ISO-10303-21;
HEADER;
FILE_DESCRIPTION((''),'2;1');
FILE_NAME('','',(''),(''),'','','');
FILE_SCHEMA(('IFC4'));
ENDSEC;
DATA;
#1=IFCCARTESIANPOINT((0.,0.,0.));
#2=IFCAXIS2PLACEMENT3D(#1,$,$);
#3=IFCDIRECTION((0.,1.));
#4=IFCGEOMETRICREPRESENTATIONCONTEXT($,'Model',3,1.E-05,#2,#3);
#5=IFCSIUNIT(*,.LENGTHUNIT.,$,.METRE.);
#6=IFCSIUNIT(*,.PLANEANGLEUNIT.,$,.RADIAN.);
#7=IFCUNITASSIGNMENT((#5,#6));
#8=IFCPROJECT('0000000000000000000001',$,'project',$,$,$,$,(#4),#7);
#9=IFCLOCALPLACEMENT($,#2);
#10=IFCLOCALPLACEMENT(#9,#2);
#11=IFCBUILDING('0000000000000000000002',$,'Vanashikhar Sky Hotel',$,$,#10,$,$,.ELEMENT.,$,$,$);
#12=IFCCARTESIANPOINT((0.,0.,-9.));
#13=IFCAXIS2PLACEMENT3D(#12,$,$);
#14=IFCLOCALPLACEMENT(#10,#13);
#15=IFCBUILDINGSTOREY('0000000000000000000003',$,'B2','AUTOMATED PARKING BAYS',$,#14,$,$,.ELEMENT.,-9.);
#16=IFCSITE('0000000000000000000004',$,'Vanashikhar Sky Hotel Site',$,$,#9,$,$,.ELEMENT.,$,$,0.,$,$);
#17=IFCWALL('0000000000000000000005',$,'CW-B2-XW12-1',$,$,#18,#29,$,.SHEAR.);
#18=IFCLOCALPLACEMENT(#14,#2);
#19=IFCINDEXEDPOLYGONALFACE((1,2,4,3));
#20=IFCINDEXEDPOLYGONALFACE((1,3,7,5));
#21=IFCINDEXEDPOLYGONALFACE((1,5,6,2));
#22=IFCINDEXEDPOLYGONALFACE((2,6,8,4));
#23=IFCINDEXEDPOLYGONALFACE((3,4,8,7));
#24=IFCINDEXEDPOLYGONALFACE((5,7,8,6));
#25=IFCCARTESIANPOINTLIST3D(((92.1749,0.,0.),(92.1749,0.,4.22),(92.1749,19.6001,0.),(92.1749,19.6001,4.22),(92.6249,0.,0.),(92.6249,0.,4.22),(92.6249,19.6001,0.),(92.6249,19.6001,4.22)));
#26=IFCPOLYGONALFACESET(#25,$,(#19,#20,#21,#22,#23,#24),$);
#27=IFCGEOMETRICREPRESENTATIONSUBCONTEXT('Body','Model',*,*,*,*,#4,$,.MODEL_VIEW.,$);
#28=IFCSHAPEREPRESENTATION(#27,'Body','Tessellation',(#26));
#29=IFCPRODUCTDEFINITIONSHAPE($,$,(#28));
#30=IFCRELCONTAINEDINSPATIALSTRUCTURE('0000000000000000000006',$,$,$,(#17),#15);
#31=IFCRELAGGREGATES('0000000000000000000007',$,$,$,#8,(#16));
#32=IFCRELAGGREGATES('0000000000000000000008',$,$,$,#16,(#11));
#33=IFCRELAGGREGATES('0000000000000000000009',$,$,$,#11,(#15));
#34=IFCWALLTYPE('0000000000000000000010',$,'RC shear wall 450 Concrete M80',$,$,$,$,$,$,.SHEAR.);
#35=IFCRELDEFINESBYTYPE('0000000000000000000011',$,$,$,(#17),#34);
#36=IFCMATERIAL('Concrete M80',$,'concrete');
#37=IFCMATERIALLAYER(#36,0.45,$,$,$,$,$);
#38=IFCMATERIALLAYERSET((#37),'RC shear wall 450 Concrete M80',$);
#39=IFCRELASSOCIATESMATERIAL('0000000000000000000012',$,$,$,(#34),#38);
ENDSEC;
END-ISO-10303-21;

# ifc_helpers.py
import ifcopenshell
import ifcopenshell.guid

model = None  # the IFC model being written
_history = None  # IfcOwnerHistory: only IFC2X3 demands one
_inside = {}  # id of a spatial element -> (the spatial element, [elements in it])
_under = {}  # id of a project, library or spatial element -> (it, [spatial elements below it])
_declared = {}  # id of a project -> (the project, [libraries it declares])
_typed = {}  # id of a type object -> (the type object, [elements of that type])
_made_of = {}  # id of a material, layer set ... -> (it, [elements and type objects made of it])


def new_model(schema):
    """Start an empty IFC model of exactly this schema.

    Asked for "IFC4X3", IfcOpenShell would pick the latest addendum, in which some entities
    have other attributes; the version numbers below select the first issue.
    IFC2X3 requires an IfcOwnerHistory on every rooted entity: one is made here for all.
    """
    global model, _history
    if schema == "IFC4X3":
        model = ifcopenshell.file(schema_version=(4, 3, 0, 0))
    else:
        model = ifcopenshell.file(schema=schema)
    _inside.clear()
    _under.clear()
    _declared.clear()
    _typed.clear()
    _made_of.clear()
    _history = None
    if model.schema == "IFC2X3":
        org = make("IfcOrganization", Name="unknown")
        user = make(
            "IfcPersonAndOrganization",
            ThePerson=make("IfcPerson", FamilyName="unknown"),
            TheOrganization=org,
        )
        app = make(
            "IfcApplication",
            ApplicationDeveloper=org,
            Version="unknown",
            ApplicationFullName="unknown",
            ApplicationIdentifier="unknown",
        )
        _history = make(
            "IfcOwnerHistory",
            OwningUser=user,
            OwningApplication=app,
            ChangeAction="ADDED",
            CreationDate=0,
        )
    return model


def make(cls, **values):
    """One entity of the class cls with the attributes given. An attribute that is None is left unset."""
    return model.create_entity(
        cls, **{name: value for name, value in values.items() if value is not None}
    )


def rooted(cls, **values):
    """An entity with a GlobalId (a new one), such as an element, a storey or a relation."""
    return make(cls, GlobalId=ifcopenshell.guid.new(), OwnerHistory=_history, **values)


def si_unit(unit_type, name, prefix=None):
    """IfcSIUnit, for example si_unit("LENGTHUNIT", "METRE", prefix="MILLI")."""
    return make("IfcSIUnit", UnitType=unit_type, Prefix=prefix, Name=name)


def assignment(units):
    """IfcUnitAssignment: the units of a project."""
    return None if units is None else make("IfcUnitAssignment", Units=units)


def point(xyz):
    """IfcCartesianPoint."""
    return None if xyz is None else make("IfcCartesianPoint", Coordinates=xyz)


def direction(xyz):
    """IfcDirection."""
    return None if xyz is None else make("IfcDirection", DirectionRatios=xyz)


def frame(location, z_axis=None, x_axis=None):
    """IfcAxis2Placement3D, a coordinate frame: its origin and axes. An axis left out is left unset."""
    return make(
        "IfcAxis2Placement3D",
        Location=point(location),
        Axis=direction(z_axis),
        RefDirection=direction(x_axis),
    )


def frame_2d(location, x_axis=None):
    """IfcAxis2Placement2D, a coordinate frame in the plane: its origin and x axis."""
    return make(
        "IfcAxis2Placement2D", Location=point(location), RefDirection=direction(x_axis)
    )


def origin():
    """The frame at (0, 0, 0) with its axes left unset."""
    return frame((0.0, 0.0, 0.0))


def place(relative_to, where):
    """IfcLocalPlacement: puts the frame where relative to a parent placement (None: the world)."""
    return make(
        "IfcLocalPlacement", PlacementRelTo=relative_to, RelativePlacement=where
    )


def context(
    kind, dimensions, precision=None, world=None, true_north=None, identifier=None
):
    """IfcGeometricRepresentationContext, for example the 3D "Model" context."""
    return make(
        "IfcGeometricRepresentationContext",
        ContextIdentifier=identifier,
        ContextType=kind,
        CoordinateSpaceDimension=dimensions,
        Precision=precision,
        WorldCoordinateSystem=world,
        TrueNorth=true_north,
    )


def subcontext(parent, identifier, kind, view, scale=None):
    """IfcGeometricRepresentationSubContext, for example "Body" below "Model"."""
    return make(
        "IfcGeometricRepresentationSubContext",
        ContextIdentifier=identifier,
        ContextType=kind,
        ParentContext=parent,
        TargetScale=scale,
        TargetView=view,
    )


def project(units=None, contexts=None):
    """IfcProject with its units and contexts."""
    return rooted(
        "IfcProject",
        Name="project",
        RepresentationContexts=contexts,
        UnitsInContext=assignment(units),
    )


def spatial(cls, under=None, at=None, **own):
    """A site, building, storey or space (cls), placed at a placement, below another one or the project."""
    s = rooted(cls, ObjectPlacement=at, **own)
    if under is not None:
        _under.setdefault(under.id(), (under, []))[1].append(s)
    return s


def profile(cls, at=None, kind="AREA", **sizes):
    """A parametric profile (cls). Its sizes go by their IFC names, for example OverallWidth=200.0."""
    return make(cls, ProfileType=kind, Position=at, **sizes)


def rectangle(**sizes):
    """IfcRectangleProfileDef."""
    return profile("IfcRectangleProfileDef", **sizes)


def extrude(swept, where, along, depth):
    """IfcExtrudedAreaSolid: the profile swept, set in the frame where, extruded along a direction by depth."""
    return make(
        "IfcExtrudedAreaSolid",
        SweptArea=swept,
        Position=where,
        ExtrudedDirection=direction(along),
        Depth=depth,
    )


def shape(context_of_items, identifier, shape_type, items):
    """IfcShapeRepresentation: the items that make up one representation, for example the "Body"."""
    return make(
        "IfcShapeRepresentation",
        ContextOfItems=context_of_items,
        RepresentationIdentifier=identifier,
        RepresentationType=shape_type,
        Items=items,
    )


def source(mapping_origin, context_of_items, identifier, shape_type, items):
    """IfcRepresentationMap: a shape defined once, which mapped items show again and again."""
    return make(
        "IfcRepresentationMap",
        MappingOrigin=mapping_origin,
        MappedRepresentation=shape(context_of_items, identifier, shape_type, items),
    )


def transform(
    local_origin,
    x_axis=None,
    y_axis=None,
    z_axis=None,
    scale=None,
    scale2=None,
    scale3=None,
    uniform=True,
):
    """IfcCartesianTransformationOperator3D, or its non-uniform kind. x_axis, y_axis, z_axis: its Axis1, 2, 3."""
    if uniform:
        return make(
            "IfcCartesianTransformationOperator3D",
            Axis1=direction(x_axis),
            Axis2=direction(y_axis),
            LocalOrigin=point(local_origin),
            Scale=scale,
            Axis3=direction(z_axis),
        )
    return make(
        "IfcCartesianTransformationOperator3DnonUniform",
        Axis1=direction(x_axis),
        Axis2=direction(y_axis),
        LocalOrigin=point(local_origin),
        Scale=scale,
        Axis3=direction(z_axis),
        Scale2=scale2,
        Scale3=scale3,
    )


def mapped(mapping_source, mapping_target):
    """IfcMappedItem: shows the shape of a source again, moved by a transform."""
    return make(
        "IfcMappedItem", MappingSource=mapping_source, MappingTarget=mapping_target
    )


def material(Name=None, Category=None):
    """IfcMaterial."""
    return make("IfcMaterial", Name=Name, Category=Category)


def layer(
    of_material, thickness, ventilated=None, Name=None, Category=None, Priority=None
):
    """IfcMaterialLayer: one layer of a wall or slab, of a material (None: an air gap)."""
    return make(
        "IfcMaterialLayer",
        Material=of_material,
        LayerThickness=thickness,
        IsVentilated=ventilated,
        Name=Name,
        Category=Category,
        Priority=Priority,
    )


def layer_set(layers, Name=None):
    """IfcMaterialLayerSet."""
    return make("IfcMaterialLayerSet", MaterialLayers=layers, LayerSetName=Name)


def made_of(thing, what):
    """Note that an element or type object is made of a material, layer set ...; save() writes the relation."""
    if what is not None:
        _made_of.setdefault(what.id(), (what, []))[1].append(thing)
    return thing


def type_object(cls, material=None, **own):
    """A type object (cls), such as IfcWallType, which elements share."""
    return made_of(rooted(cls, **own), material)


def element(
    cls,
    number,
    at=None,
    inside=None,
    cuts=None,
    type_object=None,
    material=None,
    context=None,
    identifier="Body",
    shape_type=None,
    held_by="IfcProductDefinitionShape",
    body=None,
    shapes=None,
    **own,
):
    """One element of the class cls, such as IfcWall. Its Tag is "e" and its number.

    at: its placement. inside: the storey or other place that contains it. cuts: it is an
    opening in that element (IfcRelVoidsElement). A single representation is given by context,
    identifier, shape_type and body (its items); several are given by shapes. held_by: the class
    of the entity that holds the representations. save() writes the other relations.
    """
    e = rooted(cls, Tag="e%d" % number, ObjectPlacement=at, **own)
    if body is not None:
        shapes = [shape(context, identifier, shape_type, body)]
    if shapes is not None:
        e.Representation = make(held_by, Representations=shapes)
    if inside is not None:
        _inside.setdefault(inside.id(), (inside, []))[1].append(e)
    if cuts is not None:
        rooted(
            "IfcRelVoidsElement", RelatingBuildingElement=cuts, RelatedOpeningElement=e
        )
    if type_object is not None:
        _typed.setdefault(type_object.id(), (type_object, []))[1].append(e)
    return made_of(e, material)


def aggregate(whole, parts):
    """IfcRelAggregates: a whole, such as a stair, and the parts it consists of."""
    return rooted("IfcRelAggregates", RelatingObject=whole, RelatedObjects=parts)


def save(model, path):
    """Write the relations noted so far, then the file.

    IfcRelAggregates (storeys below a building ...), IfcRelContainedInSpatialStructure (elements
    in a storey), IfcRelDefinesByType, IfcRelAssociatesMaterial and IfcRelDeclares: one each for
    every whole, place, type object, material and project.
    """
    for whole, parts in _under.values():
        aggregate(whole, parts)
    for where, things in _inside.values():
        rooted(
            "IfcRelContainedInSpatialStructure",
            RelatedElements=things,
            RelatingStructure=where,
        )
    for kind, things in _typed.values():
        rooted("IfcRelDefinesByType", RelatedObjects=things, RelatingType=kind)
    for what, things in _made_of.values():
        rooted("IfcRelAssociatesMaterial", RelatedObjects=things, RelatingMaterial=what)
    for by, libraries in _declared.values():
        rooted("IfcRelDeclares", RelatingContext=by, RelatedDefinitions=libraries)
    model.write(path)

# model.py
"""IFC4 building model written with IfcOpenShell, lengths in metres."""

from ifc_helpers import new_model, si_unit, direction, frame, frame_2d, origin, place, context, subcontext, project, spatial, rectangle, extrude, source, transform, mapped, material, layer, layer_set, type_object, element, save


model = new_model("IFC4")

# Units and contexts
model_context = context("Model", 3, precision=1e-05, world=origin(), true_north=direction((0.0, 1.0)))
body_context = subcontext(model_context, "Body", "Model", "MODEL_VIEW")
ifc_project = project(units=[si_unit("LENGTHUNIT", "METRE"), si_unit("PLANEANGLEUNIT", "RADIAN")], contexts=[model_context])

# Site, building, storey
site_placement = place(None, origin())
site = spatial("IfcSite", under=ifc_project, at=site_placement, Name="Vanashikhar Sky Hotel Site", CompositionType="ELEMENT", RefElevation=0.0)
building_placement = place(site_placement, origin())
building = spatial("IfcBuilding", under=site, at=building_placement, Name="Vanashikhar Sky Hotel", CompositionType="ELEMENT")
storey_placement = place(building_placement, frame((0.0, 0.0, -9.0)))
storey = spatial("IfcBuildingStorey", under=building, at=storey_placement, Name="B2", Description="AUTOMATED PARKING BAYS", CompositionType="ELEMENT", Elevation=-9.0)

# Wall
ifc_material_1 = material(Name="Concrete M80", Category="concrete")
ifc_layer_1 = layer(ifc_material_1, 0.45)
ifc_layer_set_1 = layer_set([ifc_layer_1], Name="RC shear wall 450 Concrete M80")
wall_type_1 = type_object("IfcWallType", Name="RC shear wall 450 Concrete M80", PredefinedType="SHEAR", material=ifc_layer_set_1)
shared_shape_1 = source(origin(), body_context, "Body", "SweptSolid", [
    extrude(rectangle(XDim=19.6001, YDim=0.45, at=frame_2d((9.8, 0.0))), origin(), (0.0, 0.0, 1.0), 4.22),
])
wall_1_placement = place(storey_placement, frame((92.3999, 0.0, 0.0), z_axis=(0.0, 0.0, 1.0), x_axis=(0.0, 1.0, 0.0)))
element("IfcWall", 1, at=wall_1_placement, inside=storey, type_object=wall_type_1, Name="CW-B2-XW12-1", PredefinedType="SHEAR", context=body_context, shape_type="MappedRepresentation", body=[
    mapped(shared_shape_1, transform((0.0, 0.0, 0.0), scale=1.0)),
])

save(model, "model.ifc")
